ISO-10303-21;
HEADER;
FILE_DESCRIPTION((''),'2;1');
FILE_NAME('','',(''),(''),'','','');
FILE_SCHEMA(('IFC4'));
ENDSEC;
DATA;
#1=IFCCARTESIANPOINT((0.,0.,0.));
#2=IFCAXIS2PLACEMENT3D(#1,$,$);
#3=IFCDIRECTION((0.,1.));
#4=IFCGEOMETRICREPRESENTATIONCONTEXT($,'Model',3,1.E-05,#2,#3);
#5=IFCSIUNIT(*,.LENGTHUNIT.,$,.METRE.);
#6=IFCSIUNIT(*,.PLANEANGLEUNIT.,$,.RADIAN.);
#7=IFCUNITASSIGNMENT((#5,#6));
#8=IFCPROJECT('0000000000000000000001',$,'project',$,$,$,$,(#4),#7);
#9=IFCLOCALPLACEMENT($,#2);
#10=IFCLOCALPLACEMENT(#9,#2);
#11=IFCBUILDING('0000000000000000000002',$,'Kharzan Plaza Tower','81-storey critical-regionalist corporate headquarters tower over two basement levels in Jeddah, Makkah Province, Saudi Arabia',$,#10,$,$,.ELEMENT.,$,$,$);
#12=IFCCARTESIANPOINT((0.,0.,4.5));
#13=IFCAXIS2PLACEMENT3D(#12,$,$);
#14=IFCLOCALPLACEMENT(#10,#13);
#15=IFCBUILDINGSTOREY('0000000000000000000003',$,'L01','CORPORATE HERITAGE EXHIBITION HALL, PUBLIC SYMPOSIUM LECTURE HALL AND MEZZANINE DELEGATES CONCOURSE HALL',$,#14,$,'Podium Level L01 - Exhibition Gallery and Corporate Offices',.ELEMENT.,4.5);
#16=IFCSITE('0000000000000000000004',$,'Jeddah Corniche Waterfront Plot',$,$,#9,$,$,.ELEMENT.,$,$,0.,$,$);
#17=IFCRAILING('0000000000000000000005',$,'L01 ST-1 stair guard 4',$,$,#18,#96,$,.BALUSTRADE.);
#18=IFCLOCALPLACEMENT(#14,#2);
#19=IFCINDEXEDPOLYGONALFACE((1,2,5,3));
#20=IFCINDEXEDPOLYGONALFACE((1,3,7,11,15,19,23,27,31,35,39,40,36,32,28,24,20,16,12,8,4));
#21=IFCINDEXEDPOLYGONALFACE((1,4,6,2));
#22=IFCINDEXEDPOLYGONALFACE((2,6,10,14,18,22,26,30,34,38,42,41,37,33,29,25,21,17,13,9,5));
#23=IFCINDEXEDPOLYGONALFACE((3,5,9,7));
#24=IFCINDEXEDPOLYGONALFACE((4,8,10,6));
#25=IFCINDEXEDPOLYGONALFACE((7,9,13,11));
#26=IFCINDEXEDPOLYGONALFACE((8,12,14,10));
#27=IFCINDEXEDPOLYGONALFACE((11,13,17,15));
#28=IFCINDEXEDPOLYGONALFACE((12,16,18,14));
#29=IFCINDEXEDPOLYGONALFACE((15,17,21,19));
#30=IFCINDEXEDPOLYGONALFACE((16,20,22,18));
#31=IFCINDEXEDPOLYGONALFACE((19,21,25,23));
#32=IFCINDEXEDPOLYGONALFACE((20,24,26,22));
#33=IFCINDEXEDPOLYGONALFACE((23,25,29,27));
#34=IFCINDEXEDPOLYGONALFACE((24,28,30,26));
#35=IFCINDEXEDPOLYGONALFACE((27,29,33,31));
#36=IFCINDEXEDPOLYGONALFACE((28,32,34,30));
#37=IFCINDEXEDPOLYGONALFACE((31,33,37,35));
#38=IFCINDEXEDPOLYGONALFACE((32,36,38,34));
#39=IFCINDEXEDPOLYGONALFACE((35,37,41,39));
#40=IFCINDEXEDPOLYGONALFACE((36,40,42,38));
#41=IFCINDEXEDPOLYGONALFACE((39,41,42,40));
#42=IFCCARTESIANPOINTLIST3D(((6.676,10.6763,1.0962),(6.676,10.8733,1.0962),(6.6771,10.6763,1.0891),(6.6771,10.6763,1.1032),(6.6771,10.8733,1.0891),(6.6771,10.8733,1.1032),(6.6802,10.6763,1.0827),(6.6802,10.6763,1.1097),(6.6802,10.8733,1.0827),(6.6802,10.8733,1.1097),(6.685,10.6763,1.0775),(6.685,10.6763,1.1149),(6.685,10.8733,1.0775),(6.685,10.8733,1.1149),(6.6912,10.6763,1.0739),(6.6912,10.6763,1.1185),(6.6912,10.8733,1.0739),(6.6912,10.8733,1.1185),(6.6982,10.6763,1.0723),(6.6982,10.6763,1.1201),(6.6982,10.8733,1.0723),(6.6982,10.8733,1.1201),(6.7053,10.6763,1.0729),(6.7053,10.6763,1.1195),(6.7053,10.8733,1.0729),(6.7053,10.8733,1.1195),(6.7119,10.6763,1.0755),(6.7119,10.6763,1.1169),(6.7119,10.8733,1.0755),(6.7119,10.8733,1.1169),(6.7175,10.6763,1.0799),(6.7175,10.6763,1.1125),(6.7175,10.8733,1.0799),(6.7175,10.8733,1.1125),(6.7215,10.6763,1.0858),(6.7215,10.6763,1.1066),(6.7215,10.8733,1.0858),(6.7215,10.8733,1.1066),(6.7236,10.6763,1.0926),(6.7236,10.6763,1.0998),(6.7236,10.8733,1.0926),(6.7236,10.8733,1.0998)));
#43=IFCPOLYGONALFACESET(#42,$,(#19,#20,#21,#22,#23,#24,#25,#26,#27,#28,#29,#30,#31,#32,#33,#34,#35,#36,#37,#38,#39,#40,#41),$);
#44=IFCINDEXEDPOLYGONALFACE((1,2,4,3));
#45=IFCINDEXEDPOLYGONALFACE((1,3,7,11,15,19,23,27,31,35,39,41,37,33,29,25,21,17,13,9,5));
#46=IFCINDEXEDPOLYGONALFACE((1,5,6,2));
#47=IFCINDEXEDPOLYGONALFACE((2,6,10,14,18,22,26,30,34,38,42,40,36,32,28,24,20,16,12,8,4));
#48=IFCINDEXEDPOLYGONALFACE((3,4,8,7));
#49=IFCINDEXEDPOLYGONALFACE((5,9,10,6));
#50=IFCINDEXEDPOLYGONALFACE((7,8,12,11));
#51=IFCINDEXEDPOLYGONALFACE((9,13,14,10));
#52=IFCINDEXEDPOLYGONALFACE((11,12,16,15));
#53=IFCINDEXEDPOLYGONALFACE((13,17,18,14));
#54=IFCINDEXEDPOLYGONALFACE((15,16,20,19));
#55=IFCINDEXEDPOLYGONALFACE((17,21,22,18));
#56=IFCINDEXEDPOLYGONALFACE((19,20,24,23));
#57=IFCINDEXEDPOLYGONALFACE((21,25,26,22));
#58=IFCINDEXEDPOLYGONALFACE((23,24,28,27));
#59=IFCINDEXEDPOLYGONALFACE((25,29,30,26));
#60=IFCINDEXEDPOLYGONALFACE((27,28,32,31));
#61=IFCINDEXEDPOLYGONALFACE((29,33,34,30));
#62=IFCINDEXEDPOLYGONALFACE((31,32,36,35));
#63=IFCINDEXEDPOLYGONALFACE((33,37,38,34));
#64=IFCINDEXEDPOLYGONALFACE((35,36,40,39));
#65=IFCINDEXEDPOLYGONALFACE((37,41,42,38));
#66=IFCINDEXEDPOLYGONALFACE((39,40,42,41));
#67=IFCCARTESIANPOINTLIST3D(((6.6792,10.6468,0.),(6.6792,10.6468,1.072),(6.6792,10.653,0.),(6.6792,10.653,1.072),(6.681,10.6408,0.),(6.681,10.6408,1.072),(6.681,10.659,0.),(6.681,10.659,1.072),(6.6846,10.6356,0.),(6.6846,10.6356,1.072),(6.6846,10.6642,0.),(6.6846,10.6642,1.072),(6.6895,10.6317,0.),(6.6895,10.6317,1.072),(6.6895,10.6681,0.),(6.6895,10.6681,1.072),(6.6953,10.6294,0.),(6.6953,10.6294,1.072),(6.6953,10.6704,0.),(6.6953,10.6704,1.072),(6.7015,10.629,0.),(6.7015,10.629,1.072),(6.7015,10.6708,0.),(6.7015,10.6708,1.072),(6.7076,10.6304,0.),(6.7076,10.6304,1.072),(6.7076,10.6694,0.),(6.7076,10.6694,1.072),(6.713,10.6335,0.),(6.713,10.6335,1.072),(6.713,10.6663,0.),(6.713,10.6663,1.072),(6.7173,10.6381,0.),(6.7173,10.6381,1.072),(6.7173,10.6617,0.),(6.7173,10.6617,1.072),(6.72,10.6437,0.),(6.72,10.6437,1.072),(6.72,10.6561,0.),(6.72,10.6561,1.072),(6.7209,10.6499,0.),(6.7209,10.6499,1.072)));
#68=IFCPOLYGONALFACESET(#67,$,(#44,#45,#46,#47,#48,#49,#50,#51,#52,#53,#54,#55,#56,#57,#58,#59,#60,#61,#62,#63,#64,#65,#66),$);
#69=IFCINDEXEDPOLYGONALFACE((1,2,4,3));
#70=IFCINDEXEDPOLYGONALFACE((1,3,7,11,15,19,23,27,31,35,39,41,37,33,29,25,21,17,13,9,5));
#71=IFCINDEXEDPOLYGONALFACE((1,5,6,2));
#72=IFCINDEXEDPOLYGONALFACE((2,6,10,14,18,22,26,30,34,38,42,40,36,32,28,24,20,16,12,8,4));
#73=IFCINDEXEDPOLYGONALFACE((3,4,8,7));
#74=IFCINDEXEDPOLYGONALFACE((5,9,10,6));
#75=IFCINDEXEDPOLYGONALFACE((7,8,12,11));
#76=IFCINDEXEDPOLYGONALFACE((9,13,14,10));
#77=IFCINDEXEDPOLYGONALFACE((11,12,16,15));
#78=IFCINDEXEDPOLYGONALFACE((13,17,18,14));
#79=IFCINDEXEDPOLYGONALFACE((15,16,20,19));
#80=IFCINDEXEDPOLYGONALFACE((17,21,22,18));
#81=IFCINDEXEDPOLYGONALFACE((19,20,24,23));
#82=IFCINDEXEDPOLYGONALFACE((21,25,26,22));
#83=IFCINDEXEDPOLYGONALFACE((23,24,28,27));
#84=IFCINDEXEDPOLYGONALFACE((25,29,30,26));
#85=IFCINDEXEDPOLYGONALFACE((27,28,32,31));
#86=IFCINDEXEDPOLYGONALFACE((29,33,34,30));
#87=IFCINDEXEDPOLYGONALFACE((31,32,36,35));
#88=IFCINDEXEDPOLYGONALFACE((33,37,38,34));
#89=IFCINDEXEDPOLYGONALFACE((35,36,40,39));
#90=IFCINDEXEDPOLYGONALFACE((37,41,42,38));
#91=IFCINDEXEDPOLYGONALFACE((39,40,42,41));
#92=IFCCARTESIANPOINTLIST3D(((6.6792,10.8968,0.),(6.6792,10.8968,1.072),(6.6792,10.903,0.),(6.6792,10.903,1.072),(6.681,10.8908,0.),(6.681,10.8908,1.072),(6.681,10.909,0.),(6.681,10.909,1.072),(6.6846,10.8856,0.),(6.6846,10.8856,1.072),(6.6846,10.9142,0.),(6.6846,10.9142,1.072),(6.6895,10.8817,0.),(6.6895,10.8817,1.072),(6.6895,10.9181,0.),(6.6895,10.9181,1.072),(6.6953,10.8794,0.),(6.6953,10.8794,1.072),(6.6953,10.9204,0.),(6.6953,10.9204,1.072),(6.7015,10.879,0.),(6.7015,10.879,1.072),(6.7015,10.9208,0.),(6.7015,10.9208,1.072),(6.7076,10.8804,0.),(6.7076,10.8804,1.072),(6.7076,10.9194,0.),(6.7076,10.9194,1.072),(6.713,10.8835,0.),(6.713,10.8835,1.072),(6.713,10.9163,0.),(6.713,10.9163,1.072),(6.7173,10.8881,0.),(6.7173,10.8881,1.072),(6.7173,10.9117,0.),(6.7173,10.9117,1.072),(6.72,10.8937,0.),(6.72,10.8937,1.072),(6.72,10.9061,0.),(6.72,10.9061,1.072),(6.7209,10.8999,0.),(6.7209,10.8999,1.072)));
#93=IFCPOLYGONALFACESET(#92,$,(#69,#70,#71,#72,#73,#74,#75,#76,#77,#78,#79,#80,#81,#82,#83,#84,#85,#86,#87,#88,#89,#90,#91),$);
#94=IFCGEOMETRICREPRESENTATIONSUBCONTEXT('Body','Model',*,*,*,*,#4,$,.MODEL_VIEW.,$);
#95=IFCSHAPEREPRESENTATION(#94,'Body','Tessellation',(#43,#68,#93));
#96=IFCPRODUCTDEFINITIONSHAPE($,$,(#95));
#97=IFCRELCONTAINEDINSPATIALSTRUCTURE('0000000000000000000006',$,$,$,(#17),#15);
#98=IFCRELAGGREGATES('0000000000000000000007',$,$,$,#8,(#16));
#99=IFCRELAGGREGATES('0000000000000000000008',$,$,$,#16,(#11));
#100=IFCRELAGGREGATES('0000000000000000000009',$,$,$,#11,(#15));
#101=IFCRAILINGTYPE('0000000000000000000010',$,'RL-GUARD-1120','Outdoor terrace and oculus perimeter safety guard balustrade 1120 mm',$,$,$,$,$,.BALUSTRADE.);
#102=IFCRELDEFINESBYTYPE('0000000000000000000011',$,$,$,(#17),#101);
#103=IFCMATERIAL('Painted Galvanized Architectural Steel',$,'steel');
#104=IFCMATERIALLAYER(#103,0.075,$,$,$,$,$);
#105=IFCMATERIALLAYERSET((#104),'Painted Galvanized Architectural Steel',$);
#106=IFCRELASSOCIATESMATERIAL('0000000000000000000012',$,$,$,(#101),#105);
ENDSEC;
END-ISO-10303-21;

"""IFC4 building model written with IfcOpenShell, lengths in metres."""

from ifc_helpers import new_model, si_unit, direction, frame, origin, origin_2d, place, context, subcontext, project, spatial, circle, extrude, source, transform, mapped, material, layer, layer_set, type_object, element, save


model = new_model("IFC4")

# Units and contexts
model_context = context("Model", 3, precision=1e-05, world=origin(), true_north=direction((0.0, 1.0)))
body_context = subcontext(model_context, "Body", "Model", "MODEL_VIEW")
ifc_project = project(units=[si_unit("LENGTHUNIT", "METRE"), si_unit("PLANEANGLEUNIT", "RADIAN")], contexts=[model_context])

# Site, building, storey
site_placement = place(None, origin())
site = spatial("IfcSite", under=ifc_project, at=site_placement, Name="Jeddah Corniche Waterfront Plot", CompositionType="ELEMENT", RefElevation=0.0)
building_placement = place(site_placement, origin())
building = spatial("IfcBuilding", under=site, at=building_placement, Name="Kharzan Plaza Tower", Description="81-storey critical-regionalist corporate headquarters tower over two basement levels in Jeddah, Makkah Province, Saudi Arabia", CompositionType="ELEMENT")
storey_placement = place(building_placement, frame((0.0, 0.0, 4.5)))
storey = spatial("IfcBuildingStorey", under=building, at=storey_placement, Name="L01", Description="CORPORATE HERITAGE EXHIBITION HALL, PUBLIC SYMPOSIUM LECTURE HALL AND MEZZANINE DELEGATES CONCOURSE HALL", LongName="Podium Level L01 - Exhibition Gallery and Corporate Offices", CompositionType="ELEMENT", Elevation=4.5)

# Railing
ifc_material_1 = material(Name="Painted Galvanized Architectural Steel", Category="steel")
ifc_layer_1 = layer(ifc_material_1, 0.075)
ifc_layer_set_1 = layer_set([ifc_layer_1], Name="Painted Galvanized Architectural Steel")
railing_type_1 = type_object("IfcRailingType", Name="RL-GUARD-1120", Description="Outdoor terrace and oculus perimeter safety guard balustrade 1120 mm", PredefinedType="BALUSTRADE", material=ifc_layer_set_1)
shared_shape_1 = source(origin(), body_context, "Body", "SweptSolid", [
    extrude(circle(Radius=0.0239, at=origin_2d()), frame((0.0, 0.0264, 1.0962), z_axis=(0.0, 1.0, 0.0), x_axis=(-1.0, 0.0, 0.0)), (0.0, 0.0, 1.0), 0.197),
    extrude(circle(Radius=0.021, at=origin_2d()), origin(), (0.0, 0.0, 1.0), 1.072),
    extrude(circle(Radius=0.021, at=origin_2d()), frame((0.0, 0.25, 0.0)), (0.0, 0.0, 1.0), 1.072),
])
railing_1_placement = place(storey_placement, frame((6.7, 10.6499, 0.0)))
element("IfcRailing", 1, at=railing_1_placement, inside=storey, type_object=railing_type_1, Name="L01 ST-1 stair guard 4", PredefinedType="BALUSTRADE", context=body_context, shape_type="MappedRepresentation", body=[
    mapped(shared_shape_1, transform((0.0, 0.0, 0.0), x_axis=(1.0, 0.0, 0.0), y_axis=(0.0, 1.0, 0.0), z_axis=(0.0, 0.0, 1.0))),
])

save(model, "model.ifc")
